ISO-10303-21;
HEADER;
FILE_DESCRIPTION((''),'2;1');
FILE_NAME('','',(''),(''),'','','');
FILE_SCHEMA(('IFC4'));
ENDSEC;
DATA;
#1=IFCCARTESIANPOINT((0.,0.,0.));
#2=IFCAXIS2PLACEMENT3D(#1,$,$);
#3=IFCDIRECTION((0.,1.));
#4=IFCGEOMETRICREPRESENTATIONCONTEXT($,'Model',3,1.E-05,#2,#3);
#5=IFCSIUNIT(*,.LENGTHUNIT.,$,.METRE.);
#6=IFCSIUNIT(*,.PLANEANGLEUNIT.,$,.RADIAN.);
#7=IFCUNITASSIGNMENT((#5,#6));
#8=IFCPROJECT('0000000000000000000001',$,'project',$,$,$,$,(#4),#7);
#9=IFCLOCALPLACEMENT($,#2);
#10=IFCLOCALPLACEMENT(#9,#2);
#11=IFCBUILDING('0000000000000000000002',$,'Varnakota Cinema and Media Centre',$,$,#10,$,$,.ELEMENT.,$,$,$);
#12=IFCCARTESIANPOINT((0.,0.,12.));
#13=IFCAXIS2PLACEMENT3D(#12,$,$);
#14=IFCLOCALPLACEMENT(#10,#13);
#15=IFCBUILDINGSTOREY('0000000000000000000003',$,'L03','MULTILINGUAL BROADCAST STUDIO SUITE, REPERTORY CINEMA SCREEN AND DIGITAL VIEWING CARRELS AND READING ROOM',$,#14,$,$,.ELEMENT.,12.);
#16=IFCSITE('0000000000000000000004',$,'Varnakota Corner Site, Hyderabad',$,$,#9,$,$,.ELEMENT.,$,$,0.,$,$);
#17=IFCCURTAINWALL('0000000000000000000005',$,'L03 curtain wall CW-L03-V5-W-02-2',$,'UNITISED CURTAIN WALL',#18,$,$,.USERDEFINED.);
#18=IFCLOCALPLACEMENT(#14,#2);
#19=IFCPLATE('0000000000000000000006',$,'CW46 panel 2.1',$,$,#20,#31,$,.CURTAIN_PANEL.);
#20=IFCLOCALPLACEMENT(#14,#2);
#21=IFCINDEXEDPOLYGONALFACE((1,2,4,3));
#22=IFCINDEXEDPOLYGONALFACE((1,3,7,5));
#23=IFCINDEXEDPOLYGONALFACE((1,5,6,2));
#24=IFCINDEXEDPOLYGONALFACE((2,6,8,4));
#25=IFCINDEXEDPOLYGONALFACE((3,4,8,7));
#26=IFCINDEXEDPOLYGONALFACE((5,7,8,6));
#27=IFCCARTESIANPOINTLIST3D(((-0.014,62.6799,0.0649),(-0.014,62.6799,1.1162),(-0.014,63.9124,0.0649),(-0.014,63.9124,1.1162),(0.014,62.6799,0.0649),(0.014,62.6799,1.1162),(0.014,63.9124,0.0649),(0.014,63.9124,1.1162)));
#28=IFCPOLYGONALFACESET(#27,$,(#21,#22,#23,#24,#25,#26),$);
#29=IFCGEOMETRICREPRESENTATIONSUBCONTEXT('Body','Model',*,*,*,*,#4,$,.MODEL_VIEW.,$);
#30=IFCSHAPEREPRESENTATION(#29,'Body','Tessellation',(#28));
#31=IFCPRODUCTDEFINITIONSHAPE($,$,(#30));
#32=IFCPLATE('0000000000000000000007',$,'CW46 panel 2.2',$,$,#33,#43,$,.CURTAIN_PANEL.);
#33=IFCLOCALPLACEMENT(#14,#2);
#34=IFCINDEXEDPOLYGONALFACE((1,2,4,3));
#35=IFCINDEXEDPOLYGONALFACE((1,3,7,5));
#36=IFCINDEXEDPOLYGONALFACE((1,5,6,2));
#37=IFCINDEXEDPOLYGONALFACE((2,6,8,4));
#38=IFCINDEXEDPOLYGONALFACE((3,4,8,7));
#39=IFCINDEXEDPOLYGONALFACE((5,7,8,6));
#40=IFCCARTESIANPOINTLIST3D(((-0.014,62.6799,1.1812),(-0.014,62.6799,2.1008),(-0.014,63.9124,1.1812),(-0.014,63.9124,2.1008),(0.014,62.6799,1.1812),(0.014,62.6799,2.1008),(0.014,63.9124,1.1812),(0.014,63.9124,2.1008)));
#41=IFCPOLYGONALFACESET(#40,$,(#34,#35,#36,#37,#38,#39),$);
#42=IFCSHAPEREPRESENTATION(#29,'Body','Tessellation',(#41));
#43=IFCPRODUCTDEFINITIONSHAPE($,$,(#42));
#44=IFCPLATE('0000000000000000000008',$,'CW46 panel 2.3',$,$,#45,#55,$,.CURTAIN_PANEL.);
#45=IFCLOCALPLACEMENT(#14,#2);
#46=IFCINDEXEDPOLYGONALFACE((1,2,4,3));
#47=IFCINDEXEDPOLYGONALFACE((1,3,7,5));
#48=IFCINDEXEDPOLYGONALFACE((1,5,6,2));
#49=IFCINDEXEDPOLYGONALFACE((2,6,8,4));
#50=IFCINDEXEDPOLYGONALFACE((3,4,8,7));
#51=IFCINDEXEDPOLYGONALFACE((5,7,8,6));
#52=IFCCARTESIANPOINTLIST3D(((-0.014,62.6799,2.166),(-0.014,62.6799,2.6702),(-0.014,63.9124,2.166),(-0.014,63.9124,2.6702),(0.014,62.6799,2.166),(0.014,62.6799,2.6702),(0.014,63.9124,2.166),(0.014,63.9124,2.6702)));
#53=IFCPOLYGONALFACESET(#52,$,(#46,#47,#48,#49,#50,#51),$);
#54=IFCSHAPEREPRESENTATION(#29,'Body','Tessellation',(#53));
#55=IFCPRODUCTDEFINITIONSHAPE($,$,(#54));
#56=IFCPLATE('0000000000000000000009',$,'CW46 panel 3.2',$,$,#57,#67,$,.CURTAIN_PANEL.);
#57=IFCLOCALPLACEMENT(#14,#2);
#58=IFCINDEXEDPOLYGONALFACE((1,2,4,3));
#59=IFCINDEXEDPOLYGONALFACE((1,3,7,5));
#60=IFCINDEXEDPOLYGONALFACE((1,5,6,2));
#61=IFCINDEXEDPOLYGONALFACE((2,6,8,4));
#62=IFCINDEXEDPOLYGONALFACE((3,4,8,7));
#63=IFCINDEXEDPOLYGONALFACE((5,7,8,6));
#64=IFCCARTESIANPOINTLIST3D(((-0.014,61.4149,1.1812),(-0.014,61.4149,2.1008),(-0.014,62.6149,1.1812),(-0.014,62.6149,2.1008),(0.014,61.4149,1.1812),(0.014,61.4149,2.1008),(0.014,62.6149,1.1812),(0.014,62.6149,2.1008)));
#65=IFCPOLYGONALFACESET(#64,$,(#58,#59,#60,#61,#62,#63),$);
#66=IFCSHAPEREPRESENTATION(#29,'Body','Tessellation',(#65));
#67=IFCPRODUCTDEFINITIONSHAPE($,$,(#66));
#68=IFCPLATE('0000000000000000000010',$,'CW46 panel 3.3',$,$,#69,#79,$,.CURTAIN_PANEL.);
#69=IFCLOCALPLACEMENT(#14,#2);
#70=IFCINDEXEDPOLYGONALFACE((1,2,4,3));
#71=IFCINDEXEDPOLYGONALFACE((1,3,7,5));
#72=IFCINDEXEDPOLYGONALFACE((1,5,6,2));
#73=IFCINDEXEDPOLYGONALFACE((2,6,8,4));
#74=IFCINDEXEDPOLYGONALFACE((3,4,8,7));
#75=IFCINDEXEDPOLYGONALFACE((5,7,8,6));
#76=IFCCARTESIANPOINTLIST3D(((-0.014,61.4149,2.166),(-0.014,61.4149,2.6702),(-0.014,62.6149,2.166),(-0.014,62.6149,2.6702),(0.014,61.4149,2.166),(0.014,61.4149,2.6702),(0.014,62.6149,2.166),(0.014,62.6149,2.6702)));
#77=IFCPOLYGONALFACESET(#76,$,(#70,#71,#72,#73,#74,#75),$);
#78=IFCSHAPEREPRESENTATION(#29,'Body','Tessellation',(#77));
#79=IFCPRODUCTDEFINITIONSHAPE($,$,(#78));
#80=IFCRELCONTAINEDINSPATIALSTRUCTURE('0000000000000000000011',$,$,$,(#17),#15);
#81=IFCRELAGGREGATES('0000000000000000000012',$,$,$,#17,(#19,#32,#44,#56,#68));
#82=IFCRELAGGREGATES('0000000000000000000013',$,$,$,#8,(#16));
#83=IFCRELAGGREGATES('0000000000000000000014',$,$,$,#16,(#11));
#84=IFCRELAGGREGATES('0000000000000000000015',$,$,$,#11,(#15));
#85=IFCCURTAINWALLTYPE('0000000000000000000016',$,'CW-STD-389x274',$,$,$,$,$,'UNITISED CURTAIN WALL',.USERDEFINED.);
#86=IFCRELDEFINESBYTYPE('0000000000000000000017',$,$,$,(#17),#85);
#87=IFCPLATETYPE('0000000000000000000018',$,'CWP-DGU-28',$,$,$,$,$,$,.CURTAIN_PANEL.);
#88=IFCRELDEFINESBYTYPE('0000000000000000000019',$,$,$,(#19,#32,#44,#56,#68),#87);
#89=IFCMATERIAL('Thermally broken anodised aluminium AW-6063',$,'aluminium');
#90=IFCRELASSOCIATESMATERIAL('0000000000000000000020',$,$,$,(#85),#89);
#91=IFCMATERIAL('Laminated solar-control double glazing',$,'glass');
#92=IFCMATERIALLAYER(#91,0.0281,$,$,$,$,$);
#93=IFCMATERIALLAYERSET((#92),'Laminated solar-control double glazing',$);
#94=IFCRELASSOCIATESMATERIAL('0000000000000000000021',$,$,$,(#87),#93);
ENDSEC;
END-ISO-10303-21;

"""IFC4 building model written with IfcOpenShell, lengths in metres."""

from ifc_helpers import new_model, si_unit, direction, frame, origin, origin_2d, place, context, subcontext, project, spatial, rectangle, extrude, material, layer, layer_set, type_object, element, aggregate, save


model = new_model("IFC4")

# Units and contexts
model_context = context("Model", 3, precision=1e-05, world=origin(), true_north=direction((0.0, 1.0)))
body_context = subcontext(model_context, "Body", "Model", "MODEL_VIEW")
ifc_project = project(units=[si_unit("LENGTHUNIT", "METRE"), si_unit("PLANEANGLEUNIT", "RADIAN")], contexts=[model_context])

# Site, building, storey
site_placement = place(None, origin())
site = spatial("IfcSite", under=ifc_project, at=site_placement, Name="Varnakota Corner Site, Hyderabad", CompositionType="ELEMENT", RefElevation=0.0)
building_placement = place(site_placement, origin())
building = spatial("IfcBuilding", under=site, at=building_placement, Name="Varnakota Cinema and Media Centre", CompositionType="ELEMENT")
storey_placement = place(building_placement, frame((0.0, 0.0, 12.0)))
storey = spatial("IfcBuildingStorey", under=building, at=storey_placement, Name="L03", Description="MULTILINGUAL BROADCAST STUDIO SUITE, REPERTORY CINEMA SCREEN AND DIGITAL VIEWING CARRELS AND READING ROOM", CompositionType="ELEMENT", Elevation=12.0)

# Shared definitions
ifc_material_1 = material(Name="Thermally broken anodised aluminium AW-6063", Category="aluminium")
curtain_wall_type = type_object("IfcCurtainWallType", Name="CW-STD-389x274", ElementType="UNITISED CURTAIN WALL", PredefinedType="USERDEFINED", material=ifc_material_1)

# Curtain wall
curtain_wall_1_placement = place(storey_placement, origin())
curtain_wall_1 = element("IfcCurtainWall", 1, at=curtain_wall_1_placement, inside=storey, type_object=curtain_wall_type, Name="L03 curtain wall CW-L03-V5-W-02-2", ObjectType="UNITISED CURTAIN WALL", PredefinedType="USERDEFINED")

# Plates
ifc_material_2 = material(Name="Laminated solar-control double glazing", Category="glass")
ifc_layer = layer(ifc_material_2, 0.0281)
ifc_layer_set = layer_set([ifc_layer], Name="Laminated solar-control double glazing")
plate_type = type_object("IfcPlateType", Name="CWP-DGU-28", PredefinedType="CURTAIN_PANEL", material=ifc_layer_set)
plate_1_placement = place(storey_placement, frame((0.0, 63.2961, 0.0649), z_axis=(0.0, 0.0, 1.0), x_axis=(0.0, -1.0, 0.0)))
plate_1 = element("IfcPlate", 2, at=plate_1_placement, type_object=plate_type, Name="CW46 panel 2.1", PredefinedType="CURTAIN_PANEL", context=body_context, shape_type="SweptSolid", body=[
    extrude(rectangle(XDim=1.2324, YDim=0.0281, at=origin_2d()), origin(), (0.0, 0.0, 1.0), 1.0513),
])
plate_2_placement = place(storey_placement, frame((0.0, 63.2961, 1.1812), z_axis=(0.0, 0.0, 1.0), x_axis=(0.0, -1.0, 0.0)))
plate_2 = element("IfcPlate", 3, at=plate_2_placement, type_object=plate_type, Name="CW46 panel 2.2", PredefinedType="CURTAIN_PANEL", context=body_context, shape_type="SweptSolid", body=[
    extrude(rectangle(XDim=1.2324, YDim=0.0281, at=origin_2d()), origin(), (0.0, 0.0, 1.0), 0.9197),
])
plate_3_placement = place(storey_placement, frame((0.0, 63.2961, 2.166), z_axis=(0.0, 0.0, 1.0), x_axis=(0.0, -1.0, 0.0)))
plate_3 = element("IfcPlate", 4, at=plate_3_placement, type_object=plate_type, Name="CW46 panel 2.3", PredefinedType="CURTAIN_PANEL", context=body_context, shape_type="SweptSolid", body=[
    extrude(rectangle(XDim=1.2324, YDim=0.0281, at=origin_2d()), origin(), (0.0, 0.0, 1.0), 0.5042),
])
plate_4_placement = place(storey_placement, frame((0.0, 62.0149, 1.1812), z_axis=(0.0, 0.0, 1.0), x_axis=(0.0, -1.0, 0.0)))
plate_4 = element("IfcPlate", 5, at=plate_4_placement, type_object=plate_type, Name="CW46 panel 3.2", PredefinedType="CURTAIN_PANEL", context=body_context, shape_type="SweptSolid", body=[
    extrude(rectangle(XDim=1.2, YDim=0.0281, at=origin_2d()), origin(), (0.0, 0.0, 1.0), 0.9197),
])
plate_5_placement = place(storey_placement, frame((0.0, 62.0149, 2.166), z_axis=(0.0, 0.0, 1.0), x_axis=(0.0, -1.0, 0.0)))
plate_5 = element("IfcPlate", 6, at=plate_5_placement, type_object=plate_type, Name="CW46 panel 3.3", PredefinedType="CURTAIN_PANEL", context=body_context, shape_type="SweptSolid", body=[
    extrude(rectangle(XDim=1.2, YDim=0.0281, at=origin_2d()), origin(), (0.0, 0.0, 1.0), 0.5042),
])
aggregate(curtain_wall_1, [plate_1, plate_2, plate_3, plate_4, plate_5])

save(model, "model.ifc")
